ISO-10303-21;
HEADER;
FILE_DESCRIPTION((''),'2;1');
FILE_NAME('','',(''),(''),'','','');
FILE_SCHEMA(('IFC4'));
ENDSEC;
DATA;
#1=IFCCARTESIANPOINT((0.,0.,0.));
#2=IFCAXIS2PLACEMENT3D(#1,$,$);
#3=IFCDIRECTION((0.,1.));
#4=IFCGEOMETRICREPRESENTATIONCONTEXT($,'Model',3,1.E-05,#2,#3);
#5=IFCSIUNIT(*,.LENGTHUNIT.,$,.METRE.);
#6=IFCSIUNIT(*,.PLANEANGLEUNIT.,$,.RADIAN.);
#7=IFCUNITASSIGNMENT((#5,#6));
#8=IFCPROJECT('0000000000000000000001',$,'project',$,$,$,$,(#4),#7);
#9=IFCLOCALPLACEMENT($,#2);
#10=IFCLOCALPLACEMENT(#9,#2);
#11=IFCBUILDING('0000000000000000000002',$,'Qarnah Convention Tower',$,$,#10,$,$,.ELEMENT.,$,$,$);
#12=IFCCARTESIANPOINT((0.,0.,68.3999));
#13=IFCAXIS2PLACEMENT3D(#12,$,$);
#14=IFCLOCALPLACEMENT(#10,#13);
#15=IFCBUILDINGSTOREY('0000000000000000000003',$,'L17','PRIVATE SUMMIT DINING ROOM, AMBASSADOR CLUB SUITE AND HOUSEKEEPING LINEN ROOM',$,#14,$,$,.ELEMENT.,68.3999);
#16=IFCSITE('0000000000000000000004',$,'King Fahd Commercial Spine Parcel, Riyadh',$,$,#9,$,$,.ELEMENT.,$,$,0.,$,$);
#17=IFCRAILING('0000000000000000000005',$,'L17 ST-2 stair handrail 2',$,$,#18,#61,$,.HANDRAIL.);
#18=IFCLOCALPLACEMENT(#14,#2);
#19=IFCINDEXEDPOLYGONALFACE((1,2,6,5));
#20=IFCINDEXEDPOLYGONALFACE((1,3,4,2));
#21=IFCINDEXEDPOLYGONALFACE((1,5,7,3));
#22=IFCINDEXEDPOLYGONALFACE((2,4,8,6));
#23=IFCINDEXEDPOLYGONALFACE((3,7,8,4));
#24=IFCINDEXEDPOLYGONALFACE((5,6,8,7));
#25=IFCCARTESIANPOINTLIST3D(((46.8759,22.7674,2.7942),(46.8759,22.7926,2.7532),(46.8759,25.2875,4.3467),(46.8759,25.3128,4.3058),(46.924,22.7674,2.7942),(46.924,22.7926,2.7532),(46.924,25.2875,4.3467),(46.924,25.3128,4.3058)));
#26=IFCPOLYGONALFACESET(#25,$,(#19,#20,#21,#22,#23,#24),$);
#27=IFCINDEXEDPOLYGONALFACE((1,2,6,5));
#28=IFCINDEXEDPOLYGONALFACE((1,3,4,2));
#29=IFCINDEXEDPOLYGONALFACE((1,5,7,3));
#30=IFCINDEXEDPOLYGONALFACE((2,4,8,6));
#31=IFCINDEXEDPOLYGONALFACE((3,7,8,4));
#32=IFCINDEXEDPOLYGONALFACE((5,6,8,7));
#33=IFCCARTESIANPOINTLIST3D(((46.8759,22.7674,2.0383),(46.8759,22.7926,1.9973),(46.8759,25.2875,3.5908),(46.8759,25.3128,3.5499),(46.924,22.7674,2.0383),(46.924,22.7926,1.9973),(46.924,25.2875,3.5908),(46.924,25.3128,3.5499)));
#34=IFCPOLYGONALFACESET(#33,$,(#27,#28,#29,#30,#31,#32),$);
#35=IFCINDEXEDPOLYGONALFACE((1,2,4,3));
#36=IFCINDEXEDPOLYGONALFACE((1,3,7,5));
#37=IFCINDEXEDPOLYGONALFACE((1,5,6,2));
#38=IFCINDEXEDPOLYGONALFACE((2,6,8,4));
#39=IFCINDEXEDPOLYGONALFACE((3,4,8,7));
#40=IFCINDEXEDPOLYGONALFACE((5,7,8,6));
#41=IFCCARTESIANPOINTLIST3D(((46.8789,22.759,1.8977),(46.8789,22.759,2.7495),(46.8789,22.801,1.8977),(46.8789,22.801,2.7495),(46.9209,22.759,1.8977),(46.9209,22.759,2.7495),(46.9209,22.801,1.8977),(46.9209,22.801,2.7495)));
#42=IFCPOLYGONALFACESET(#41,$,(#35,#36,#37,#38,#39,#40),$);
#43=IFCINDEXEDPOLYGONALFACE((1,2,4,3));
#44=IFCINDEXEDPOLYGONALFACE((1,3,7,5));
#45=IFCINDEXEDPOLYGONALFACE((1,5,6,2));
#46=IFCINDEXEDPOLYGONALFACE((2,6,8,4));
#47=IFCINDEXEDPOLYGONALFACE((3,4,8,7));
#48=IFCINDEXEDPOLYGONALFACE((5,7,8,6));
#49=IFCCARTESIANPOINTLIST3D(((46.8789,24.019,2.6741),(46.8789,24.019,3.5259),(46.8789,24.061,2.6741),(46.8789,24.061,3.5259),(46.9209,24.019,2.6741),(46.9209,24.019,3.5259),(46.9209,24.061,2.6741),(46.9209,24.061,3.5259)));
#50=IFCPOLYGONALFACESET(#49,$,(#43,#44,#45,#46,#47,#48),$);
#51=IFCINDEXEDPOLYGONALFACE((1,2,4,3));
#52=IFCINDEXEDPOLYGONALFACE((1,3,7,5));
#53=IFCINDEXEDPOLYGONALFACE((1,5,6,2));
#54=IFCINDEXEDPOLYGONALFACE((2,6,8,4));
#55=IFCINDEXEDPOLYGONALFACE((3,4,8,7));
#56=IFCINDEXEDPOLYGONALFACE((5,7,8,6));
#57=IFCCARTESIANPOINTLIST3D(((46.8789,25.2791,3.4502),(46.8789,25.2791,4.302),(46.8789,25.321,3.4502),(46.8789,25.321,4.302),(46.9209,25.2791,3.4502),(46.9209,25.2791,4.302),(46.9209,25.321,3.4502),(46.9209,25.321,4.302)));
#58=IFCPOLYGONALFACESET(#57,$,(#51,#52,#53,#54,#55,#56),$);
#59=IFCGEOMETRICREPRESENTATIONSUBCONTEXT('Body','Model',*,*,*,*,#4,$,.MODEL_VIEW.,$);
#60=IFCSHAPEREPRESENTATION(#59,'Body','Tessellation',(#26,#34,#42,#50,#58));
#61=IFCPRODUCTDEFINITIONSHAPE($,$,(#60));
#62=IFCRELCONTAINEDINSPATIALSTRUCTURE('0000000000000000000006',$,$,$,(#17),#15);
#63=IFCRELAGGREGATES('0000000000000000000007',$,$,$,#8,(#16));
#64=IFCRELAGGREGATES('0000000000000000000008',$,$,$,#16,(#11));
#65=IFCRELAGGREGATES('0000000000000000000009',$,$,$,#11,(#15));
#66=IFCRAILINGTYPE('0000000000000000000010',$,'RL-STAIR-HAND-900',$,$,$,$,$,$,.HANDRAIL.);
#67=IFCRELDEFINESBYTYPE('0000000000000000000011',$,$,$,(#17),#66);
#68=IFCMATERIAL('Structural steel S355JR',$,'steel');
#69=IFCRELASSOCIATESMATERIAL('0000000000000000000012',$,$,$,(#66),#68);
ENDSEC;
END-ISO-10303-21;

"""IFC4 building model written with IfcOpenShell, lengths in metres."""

from ifc_helpers import new_model, si_unit, direction, frame, origin, origin_2d, place, context, subcontext, project, spatial, rectangle, extrude, material, type_object, element, save


model = new_model("IFC4")

# Units and contexts
model_context = context("Model", 3, precision=1e-05, world=origin(), true_north=direction((0.0, 1.0)))
body_context = subcontext(model_context, "Body", "Model", "MODEL_VIEW")
ifc_project = project(units=[si_unit("LENGTHUNIT", "METRE"), si_unit("PLANEANGLEUNIT", "RADIAN")], contexts=[model_context])

# Site, building, storey
site_placement = place(None, origin())
site = spatial("IfcSite", under=ifc_project, at=site_placement, Name="King Fahd Commercial Spine Parcel, Riyadh", CompositionType="ELEMENT", RefElevation=0.0)
building_placement = place(site_placement, origin())
building = spatial("IfcBuilding", under=site, at=building_placement, Name="Qarnah Convention Tower", CompositionType="ELEMENT")
storey_placement = place(building_placement, frame((0.0, 0.0, 68.3999)))
storey = spatial("IfcBuildingStorey", under=building, at=storey_placement, Name="L17", Description="PRIVATE SUMMIT DINING ROOM, AMBASSADOR CLUB SUITE AND HOUSEKEEPING LINEN ROOM", CompositionType="ELEMENT", Elevation=68.3999)

# Shared definitions
ifc_material_1 = material(Name="Structural steel S355JR", Category="steel")

# Railing
railing_type_1 = type_object("IfcRailingType", Name="RL-STAIR-HAND-900", PredefinedType="HANDRAIL", material=ifc_material_1)
railing_1_placement = place(storey_placement, frame((46.8999, 22.78, 1.8977)))
element("IfcRailing", 1, at=railing_1_placement, inside=storey, type_object=railing_type_1, Name="L17 ST-2 stair handrail 2", PredefinedType="HANDRAIL", context=body_context, shape_type="SweptSolid", body=[
    extrude(rectangle(XDim=0.0481, YDim=0.0481, at=origin_2d()), frame((0.0, 0.0, 0.876), z_axis=(0.0, 0.8514, 0.524516), x_axis=(-1.0, 0.0, 0.0)), (0.0, 0.0, 1.0), 2.96),
    extrude(rectangle(XDim=0.0481, YDim=0.0481, at=origin_2d()), frame((0.0, 0.0, 0.1201), z_axis=(0.0, 0.8514, 0.524516), x_axis=(-1.0, 0.0, 0.0)), (0.0, 0.0, 1.0), 2.96),
    extrude(rectangle(XDim=0.042, YDim=0.042, at=origin_2d()), origin(), (0.0, 0.0, 1.0), 0.8518),
    extrude(rectangle(XDim=0.042, YDim=0.042, at=origin_2d()), frame((0.0, 1.26, 0.7764)), (0.0, 0.0, 1.0), 0.8518),
    extrude(rectangle(XDim=0.042, YDim=0.042, at=origin_2d()), frame((0.0, 2.52, 1.5525)), (0.0, 0.0, 1.0), 0.8518),
])

save(model, "model.ifc")
